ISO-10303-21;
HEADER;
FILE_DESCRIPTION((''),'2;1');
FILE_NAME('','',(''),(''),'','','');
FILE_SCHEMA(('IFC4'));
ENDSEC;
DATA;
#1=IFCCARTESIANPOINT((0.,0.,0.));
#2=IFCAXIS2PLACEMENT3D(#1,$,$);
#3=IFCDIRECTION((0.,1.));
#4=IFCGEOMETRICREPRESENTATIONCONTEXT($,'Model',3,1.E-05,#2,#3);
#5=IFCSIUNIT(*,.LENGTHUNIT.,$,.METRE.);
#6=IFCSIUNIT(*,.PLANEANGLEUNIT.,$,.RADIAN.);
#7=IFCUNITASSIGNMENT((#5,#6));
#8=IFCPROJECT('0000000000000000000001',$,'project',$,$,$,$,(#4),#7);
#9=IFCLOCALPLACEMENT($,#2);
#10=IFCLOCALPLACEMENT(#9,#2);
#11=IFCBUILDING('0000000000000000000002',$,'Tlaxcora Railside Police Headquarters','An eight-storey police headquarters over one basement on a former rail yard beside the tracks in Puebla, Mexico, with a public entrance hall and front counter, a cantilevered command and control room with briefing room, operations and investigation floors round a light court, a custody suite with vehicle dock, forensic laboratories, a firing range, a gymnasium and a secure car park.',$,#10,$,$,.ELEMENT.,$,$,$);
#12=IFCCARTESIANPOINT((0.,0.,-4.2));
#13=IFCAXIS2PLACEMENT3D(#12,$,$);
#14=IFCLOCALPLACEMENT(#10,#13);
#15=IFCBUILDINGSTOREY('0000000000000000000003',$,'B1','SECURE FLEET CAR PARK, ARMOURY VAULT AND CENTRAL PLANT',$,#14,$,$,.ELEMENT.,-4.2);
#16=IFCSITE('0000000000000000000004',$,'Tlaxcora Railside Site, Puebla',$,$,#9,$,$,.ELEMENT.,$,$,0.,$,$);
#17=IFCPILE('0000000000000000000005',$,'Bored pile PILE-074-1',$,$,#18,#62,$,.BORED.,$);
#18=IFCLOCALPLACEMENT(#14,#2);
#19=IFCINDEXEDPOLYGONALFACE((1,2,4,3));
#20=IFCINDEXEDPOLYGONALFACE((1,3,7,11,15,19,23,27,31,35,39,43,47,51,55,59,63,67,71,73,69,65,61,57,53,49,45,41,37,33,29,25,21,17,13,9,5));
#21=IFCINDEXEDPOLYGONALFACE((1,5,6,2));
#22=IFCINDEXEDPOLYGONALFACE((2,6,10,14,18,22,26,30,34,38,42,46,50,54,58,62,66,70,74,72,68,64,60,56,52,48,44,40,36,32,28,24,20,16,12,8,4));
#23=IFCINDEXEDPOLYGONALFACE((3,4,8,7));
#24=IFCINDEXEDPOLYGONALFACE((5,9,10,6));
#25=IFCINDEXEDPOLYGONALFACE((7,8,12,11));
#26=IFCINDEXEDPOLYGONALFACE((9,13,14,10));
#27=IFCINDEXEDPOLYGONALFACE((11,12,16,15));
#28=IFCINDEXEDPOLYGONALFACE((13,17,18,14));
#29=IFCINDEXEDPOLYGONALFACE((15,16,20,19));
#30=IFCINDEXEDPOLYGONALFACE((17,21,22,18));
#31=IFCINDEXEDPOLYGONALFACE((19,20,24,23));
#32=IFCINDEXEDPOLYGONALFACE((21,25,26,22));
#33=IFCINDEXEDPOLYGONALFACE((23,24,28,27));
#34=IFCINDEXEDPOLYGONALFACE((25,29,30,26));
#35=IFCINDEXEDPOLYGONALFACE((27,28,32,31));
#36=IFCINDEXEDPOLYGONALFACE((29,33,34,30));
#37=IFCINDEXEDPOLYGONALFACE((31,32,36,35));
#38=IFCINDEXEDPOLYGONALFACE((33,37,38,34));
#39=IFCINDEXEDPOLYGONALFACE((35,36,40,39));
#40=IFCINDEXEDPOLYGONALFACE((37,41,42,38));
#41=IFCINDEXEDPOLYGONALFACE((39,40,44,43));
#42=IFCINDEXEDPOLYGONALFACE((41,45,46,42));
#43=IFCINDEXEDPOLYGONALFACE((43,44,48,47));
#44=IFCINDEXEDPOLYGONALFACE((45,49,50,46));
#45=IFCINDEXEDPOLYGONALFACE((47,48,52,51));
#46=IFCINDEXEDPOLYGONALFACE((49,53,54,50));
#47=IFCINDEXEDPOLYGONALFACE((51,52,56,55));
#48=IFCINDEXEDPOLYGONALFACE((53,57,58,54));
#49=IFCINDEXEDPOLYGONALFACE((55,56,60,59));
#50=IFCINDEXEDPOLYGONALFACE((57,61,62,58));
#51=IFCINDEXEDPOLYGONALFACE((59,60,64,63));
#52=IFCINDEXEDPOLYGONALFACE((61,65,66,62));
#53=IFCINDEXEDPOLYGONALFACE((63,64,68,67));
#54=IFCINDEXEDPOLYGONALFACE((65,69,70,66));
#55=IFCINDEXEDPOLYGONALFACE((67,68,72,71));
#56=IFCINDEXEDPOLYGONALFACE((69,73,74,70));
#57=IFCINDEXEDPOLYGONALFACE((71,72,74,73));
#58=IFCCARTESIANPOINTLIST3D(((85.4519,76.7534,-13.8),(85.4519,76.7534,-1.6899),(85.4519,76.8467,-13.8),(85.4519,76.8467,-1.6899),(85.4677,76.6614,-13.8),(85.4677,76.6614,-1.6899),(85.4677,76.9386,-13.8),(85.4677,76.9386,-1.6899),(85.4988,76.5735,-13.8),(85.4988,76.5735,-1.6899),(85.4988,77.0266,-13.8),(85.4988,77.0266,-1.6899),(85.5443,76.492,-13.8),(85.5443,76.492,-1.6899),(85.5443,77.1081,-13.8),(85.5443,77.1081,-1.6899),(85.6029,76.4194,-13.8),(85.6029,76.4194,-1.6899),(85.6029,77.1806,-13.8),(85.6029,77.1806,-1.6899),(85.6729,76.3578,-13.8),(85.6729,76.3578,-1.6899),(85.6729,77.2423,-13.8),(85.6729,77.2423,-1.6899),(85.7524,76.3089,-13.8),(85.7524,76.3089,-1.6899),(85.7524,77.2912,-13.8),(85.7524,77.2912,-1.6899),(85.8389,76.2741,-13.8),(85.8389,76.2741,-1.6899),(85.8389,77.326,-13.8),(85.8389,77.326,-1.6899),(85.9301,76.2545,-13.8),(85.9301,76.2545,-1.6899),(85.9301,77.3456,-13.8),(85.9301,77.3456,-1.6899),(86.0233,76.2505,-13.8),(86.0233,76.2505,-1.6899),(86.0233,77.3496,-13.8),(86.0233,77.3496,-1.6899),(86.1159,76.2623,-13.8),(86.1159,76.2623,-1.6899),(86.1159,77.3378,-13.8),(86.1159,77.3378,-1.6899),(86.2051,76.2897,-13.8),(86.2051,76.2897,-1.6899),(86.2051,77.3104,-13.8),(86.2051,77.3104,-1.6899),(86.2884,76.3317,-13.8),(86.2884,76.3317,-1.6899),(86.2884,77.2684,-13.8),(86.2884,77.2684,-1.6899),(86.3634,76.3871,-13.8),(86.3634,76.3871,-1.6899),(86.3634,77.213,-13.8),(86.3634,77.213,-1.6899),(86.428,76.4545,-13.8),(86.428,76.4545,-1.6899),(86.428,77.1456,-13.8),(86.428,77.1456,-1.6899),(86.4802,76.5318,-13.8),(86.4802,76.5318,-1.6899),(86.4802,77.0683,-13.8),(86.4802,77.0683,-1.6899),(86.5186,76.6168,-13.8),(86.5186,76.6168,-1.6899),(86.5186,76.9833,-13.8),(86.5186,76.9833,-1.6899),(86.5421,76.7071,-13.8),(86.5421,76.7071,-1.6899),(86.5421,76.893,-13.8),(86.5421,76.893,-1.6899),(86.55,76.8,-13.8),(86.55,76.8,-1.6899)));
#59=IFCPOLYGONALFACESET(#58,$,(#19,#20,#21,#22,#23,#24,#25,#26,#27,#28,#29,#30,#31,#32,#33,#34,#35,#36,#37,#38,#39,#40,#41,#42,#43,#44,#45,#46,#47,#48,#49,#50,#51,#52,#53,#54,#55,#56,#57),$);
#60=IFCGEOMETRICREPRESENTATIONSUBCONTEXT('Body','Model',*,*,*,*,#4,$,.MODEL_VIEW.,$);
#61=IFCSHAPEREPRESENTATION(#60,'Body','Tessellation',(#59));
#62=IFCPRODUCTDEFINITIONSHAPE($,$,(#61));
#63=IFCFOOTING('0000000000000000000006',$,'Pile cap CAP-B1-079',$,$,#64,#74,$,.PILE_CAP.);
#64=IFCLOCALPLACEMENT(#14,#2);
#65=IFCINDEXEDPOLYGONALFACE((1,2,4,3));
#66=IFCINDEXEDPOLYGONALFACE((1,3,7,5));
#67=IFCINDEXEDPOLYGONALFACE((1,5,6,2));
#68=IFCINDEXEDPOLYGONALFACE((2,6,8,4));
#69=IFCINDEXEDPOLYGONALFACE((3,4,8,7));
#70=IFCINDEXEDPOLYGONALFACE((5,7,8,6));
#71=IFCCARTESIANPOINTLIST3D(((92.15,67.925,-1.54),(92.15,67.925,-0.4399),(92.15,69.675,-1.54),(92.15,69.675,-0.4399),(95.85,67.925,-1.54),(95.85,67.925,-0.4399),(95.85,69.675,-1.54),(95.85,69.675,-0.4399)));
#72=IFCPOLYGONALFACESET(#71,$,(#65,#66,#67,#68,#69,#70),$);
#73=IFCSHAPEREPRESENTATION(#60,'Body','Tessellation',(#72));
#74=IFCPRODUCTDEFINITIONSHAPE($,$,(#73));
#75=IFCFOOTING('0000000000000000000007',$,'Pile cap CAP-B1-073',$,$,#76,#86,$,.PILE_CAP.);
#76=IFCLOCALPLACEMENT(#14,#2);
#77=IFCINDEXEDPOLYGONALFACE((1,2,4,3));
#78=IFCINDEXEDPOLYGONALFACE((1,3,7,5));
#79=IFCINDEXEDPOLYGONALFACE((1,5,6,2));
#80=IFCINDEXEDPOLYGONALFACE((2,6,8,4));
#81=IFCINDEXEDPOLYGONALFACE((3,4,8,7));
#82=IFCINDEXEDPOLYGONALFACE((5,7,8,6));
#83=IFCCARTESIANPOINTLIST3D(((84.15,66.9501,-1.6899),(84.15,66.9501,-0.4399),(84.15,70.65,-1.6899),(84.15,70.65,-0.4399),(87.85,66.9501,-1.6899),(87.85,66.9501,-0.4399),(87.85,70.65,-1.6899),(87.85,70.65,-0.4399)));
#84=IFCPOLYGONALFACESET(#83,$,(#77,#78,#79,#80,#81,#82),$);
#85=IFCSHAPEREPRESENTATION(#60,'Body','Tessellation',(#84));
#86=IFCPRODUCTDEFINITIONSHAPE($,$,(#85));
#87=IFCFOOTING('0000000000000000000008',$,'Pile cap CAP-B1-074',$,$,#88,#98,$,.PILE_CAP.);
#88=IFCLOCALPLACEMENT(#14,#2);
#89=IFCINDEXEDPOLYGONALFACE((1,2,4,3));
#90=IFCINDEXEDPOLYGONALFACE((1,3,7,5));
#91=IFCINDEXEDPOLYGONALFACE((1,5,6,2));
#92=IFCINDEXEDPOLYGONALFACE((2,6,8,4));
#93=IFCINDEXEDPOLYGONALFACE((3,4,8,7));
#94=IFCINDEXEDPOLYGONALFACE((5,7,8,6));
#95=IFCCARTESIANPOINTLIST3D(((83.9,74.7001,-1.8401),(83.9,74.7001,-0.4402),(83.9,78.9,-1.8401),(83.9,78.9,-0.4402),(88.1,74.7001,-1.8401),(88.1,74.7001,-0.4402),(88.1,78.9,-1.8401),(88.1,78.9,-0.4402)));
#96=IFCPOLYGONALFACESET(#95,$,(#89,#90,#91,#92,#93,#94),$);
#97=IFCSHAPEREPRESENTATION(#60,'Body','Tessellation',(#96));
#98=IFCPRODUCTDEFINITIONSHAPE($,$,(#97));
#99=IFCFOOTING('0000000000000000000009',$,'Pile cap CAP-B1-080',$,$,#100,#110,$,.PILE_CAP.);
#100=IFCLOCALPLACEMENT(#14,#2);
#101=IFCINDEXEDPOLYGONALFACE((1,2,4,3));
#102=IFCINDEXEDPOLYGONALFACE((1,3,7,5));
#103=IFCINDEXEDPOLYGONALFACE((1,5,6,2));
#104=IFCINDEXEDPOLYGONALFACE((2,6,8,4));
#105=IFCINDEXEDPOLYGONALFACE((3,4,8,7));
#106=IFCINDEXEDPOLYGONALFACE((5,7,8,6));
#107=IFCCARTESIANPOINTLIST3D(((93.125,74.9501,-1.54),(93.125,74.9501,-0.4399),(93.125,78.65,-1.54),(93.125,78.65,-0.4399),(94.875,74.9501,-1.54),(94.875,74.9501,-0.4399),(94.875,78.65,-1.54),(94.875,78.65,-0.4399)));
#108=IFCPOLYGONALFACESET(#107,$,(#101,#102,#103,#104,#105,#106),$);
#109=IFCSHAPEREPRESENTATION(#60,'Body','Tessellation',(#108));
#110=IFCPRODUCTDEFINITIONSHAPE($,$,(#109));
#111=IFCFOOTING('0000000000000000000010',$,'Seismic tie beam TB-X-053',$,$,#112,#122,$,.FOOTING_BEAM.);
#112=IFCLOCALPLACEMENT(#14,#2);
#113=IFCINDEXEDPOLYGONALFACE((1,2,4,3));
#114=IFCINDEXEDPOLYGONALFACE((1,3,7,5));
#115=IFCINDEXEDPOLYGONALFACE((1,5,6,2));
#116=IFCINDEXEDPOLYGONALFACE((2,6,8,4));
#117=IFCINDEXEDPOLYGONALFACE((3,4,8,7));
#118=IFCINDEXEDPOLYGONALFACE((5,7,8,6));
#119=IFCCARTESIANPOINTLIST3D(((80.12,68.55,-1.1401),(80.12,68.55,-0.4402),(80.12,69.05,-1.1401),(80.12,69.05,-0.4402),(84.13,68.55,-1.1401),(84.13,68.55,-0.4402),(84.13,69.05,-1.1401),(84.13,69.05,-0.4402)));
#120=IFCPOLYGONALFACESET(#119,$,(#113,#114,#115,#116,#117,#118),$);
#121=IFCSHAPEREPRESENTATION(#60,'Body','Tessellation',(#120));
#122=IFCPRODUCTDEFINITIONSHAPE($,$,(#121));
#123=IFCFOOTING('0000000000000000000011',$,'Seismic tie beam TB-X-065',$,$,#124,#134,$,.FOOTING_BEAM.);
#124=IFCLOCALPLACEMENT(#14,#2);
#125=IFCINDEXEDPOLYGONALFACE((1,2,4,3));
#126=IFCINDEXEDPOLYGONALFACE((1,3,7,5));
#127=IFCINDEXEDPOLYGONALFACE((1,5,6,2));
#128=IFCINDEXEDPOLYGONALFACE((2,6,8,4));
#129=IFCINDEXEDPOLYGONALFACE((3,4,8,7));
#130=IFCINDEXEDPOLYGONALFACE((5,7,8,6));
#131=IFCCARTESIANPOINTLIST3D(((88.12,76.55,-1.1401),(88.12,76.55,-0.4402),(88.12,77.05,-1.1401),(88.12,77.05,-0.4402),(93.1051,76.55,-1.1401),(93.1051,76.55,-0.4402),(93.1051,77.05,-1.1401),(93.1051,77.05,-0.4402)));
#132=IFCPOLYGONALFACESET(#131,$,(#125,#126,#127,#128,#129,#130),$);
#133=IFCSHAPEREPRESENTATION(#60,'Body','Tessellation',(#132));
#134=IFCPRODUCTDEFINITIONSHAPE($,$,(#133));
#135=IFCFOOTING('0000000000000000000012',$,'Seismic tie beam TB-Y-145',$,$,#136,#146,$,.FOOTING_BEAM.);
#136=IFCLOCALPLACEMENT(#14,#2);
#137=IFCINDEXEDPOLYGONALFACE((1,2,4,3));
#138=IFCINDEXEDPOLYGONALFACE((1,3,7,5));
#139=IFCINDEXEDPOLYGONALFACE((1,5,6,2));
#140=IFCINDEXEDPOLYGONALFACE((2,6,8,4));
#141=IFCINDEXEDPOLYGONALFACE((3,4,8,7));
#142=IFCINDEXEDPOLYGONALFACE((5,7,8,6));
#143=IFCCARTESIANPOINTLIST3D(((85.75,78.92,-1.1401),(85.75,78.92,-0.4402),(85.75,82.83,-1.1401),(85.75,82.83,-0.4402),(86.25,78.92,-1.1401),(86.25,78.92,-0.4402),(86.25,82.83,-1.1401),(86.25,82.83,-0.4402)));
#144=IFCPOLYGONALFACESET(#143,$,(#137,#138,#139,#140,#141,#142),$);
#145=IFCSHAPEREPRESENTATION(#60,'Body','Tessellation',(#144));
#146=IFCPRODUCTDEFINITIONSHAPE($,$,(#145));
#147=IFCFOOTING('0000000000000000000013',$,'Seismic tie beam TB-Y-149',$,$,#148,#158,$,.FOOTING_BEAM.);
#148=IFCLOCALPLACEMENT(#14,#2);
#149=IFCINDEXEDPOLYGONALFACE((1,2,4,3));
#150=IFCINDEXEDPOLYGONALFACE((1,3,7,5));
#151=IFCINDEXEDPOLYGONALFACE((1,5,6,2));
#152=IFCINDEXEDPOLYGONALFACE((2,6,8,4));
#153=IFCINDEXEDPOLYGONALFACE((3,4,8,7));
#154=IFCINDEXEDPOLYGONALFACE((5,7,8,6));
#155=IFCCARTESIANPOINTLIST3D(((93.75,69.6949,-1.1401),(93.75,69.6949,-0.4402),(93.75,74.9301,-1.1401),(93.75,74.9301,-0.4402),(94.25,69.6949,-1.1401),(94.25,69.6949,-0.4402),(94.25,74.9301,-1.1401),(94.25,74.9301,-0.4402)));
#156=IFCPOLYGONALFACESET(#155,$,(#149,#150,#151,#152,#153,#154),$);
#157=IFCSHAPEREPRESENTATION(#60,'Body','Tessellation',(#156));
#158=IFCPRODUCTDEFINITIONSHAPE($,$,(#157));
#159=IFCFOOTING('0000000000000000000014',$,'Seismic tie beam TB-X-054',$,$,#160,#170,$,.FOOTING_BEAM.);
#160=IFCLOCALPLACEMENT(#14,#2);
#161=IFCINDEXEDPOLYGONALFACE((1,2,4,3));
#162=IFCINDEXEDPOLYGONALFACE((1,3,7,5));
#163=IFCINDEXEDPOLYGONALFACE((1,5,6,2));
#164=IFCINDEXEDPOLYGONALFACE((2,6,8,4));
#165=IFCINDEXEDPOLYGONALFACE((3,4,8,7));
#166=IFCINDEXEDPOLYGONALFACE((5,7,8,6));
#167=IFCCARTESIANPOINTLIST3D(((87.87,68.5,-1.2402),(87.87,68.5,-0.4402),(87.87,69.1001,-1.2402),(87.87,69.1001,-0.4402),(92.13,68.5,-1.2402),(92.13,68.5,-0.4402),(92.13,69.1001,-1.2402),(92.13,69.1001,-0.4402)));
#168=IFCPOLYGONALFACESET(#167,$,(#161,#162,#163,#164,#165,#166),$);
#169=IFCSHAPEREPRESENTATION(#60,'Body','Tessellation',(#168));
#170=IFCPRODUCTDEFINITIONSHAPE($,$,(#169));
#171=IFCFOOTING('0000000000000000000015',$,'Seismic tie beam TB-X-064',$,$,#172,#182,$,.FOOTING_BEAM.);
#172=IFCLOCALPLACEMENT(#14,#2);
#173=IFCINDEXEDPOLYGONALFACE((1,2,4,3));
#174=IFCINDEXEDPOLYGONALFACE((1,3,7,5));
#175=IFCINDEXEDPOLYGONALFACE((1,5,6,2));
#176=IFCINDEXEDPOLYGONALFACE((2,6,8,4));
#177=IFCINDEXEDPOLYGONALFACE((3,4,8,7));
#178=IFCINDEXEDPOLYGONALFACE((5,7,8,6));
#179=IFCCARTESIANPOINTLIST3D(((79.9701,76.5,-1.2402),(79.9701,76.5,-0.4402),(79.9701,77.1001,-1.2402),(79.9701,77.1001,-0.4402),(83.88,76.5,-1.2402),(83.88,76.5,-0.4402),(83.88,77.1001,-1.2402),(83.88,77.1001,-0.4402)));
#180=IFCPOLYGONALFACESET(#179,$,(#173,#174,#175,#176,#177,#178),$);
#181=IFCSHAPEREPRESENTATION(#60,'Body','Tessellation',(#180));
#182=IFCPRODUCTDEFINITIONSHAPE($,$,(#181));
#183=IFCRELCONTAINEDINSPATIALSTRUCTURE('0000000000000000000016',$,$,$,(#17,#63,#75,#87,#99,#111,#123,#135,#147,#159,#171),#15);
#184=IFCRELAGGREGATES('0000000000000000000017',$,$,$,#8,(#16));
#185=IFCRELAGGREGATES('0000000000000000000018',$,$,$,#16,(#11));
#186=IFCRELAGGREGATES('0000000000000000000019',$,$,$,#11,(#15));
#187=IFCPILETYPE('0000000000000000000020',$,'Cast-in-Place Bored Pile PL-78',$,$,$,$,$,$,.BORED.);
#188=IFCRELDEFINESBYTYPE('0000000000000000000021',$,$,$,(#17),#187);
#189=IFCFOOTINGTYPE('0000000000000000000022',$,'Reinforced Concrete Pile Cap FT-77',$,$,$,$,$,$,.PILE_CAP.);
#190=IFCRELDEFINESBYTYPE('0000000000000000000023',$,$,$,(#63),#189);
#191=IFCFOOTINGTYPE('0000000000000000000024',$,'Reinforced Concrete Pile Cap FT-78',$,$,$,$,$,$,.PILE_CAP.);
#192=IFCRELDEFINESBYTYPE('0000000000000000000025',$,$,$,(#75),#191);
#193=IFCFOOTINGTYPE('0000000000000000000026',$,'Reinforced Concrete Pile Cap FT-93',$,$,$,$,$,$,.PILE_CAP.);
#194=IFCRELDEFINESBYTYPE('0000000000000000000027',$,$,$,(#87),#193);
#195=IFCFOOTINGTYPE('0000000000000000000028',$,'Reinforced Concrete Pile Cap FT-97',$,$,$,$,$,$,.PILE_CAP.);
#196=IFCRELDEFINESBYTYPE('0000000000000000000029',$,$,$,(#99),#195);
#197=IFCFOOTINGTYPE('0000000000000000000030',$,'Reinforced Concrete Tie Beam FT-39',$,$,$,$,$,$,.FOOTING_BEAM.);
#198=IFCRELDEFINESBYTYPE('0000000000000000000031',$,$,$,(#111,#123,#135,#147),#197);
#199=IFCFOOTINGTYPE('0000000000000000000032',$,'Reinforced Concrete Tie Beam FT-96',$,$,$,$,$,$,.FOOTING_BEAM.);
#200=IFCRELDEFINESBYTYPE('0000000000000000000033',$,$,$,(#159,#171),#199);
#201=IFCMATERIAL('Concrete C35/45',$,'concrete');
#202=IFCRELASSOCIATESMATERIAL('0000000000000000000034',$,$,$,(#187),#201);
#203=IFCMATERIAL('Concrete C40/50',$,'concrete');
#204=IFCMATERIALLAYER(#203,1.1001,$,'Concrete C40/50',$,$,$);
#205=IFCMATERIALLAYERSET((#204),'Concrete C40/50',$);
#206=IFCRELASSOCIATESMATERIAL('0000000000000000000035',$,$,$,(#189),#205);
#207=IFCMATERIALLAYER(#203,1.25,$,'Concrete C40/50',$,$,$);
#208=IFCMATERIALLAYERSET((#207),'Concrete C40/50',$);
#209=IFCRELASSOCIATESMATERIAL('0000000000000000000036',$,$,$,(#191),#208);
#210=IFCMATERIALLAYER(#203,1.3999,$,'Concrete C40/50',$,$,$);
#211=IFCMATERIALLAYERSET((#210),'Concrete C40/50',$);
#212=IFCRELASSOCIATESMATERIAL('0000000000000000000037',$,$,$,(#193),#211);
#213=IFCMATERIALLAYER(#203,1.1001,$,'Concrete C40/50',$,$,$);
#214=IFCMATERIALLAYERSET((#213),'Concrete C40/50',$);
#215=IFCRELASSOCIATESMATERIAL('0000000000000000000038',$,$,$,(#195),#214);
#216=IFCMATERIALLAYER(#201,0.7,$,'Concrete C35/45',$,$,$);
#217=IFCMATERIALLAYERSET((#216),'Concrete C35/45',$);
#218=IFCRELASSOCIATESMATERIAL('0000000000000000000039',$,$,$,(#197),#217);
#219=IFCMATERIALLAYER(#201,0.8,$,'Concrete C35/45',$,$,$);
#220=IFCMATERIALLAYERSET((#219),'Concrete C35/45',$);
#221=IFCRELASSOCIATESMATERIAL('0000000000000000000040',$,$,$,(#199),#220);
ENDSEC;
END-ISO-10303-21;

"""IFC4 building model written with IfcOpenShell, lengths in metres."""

from ifc_helpers import new_model, si_unit, direction, frame, origin, origin_2d, place, context, subcontext, project, spatial, rectangle, circle, extrude, material, layer, layer_set, material_profile, profile_set, type_object, element, save


model = new_model("IFC4")

# Units and contexts
model_context = context("Model", 3, precision=1e-05, world=origin(), true_north=direction((0.0, 1.0)))
body_context = subcontext(model_context, "Body", "Model", "MODEL_VIEW")
ifc_project = project(units=[si_unit("LENGTHUNIT", "METRE"), si_unit("PLANEANGLEUNIT", "RADIAN")], contexts=[model_context])

# Site, building, storey
site_placement = place(None, origin())
site = spatial("IfcSite", under=ifc_project, at=site_placement, Name="Tlaxcora Railside Site, Puebla", CompositionType="ELEMENT", RefElevation=0.0)
building_placement = place(site_placement, origin())
building = spatial("IfcBuilding", under=site, at=building_placement, Name="Tlaxcora Railside Police Headquarters", Description="An eight-storey police headquarters over one basement on a former rail yard beside the tracks in Puebla, Mexico, with a public entrance hall and front counter, a cantilevered command and control room with briefing room, operations and investigation floors round a light court, a custody suite with vehicle dock, forensic laboratories, a firing range, a gymnasium and a secure car park.", CompositionType="ELEMENT")
storey_placement = place(building_placement, frame((0.0, 0.0, -4.2)))
storey = spatial("IfcBuildingStorey", under=building, at=storey_placement, Name="B1", Description="SECURE FLEET CAR PARK, ARMOURY VAULT AND CENTRAL PLANT", CompositionType="ELEMENT", Elevation=-4.2)

# Pile
ifc_material_1 = material(Name="Concrete C35/45", Category="concrete")
ifc_material_profile_1 = material_profile(ifc_material_1, circle(Radius=0.55, at=origin_2d()), Name="PILE1100")
ifc_profile_set_1 = profile_set([ifc_material_profile_1], Name="Concrete C35/45")
pile_type_1 = type_object("IfcPileType", Name="Cast-in-Place Bored Pile PL-78", PredefinedType="BORED", material=ifc_profile_set_1)
pile_placement = place(storey_placement, frame((86.0, 76.8, -1.6899), z_axis=(0.0, 0.0, -1.0), x_axis=(1.0, 0.0, 0.0)))
element("IfcPile", 1, at=pile_placement, inside=storey, type_object=pile_type_1, Name="Bored pile PILE-074-1", PredefinedType="BORED", context=body_context, shape_type="SweptSolid", body=[
    extrude(circle(Radius=0.55, at=origin_2d()), origin(), (0.0, 0.0, 1.0), 12.1101),
])

# Footings
ifc_material_2 = material(Name="Concrete C40/50", Category="concrete")
ifc_layer_1 = layer(ifc_material_2, 1.1001, Name="Concrete C40/50")
ifc_layer_set_1 = layer_set([ifc_layer_1], Name="Concrete C40/50")
footing_type_1 = type_object("IfcFootingType", Name="Reinforced Concrete Pile Cap FT-77", PredefinedType="PILE_CAP", material=ifc_layer_set_1)
footing_1_placement = place(storey_placement, frame((94.0, 68.8, -1.54), z_axis=(0.0, 0.0, 1.0), x_axis=(1.0, 0.0, 0.0)))
element("IfcFooting", 2, at=footing_1_placement, inside=storey, type_object=footing_type_1, Name="Pile cap CAP-B1-079", PredefinedType="PILE_CAP", context=body_context, shape_type="SweptSolid", body=[
    extrude(rectangle(XDim=3.7, YDim=1.75, at=origin_2d()), origin(), (0.0, 0.0, 1.0), 1.1001),
])
ifc_layer_2 = layer(ifc_material_2, 1.25, Name="Concrete C40/50")
ifc_layer_set_2 = layer_set([ifc_layer_2], Name="Concrete C40/50")
footing_type_2 = type_object("IfcFootingType", Name="Reinforced Concrete Pile Cap FT-78", PredefinedType="PILE_CAP", material=ifc_layer_set_2)
footing_2_placement = place(storey_placement, frame((86.0, 68.8, -1.6899), z_axis=(0.0, 0.0, 1.0), x_axis=(1.0, 0.0, 0.0)))
element("IfcFooting", 3, at=footing_2_placement, inside=storey, type_object=footing_type_2, Name="Pile cap CAP-B1-073", PredefinedType="PILE_CAP", context=body_context, shape_type="SweptSolid", body=[
    extrude(rectangle(XDim=3.7, YDim=3.7, at=origin_2d()), origin(), (0.0, 0.0, 1.0), 1.25),
])
ifc_layer_3 = layer(ifc_material_2, 1.3999, Name="Concrete C40/50")
ifc_layer_set_3 = layer_set([ifc_layer_3], Name="Concrete C40/50")
footing_type_3 = type_object("IfcFootingType", Name="Reinforced Concrete Pile Cap FT-93", PredefinedType="PILE_CAP", material=ifc_layer_set_3)
footing_3_placement = place(storey_placement, frame((86.0, 76.8, -1.8401), z_axis=(0.0, 0.0, 1.0), x_axis=(1.0, 0.0, 0.0)))
element("IfcFooting", 4, at=footing_3_placement, inside=storey, type_object=footing_type_3, Name="Pile cap CAP-B1-074", PredefinedType="PILE_CAP", context=body_context, shape_type="SweptSolid", body=[
    extrude(rectangle(XDim=4.2, YDim=4.2, at=origin_2d()), origin(), (0.0, 0.0, 1.0), 1.3999),
])
ifc_layer_4 = layer(ifc_material_2, 1.1001, Name="Concrete C40/50")
ifc_layer_set_4 = layer_set([ifc_layer_4], Name="Concrete C40/50")
footing_type_4 = type_object("IfcFootingType", Name="Reinforced Concrete Pile Cap FT-97", PredefinedType="PILE_CAP", material=ifc_layer_set_4)
footing_4_placement = place(storey_placement, frame((94.0, 76.8, -1.54), z_axis=(0.0, 0.0, 1.0), x_axis=(1.0, 0.0, 0.0)))
element("IfcFooting", 5, at=footing_4_placement, inside=storey, type_object=footing_type_4, Name="Pile cap CAP-B1-080", PredefinedType="PILE_CAP", context=body_context, shape_type="SweptSolid", body=[
    extrude(rectangle(XDim=1.75, YDim=3.7, at=origin_2d()), origin(), (0.0, 0.0, 1.0), 1.1001),
])
ifc_layer_5 = layer(ifc_material_1, 0.7, Name="Concrete C35/45")
ifc_layer_set_5 = layer_set([ifc_layer_5], Name="Concrete C35/45")
footing_type_5 = type_object("IfcFootingType", Name="Reinforced Concrete Tie Beam FT-39", PredefinedType="FOOTING_BEAM", material=ifc_layer_set_5)
footing_5_placement = place(storey_placement, frame((82.125, 68.8, -1.1401), z_axis=(0.0, 0.0, 1.0), x_axis=(1.0, 0.0, 0.0)))
element("IfcFooting", 6, at=footing_5_placement, inside=storey, type_object=footing_type_5, Name="Seismic tie beam TB-X-053", PredefinedType="FOOTING_BEAM", context=body_context, shape_type="SweptSolid", body=[
    extrude(rectangle(XDim=4.01, YDim=0.5, at=origin_2d()), origin(), (0.0, 0.0, 1.0), 0.7),
])
footing_6_placement = place(storey_placement, frame((90.6125, 76.8, -1.1401), z_axis=(0.0, 0.0, 1.0), x_axis=(1.0, 0.0, 0.0)))
element("IfcFooting", 7, at=footing_6_placement, inside=storey, type_object=footing_type_5, Name="Seismic tie beam TB-X-065", PredefinedType="FOOTING_BEAM", context=body_context, shape_type="SweptSolid", body=[
    extrude(rectangle(XDim=4.9851, YDim=0.5, at=origin_2d()), origin(), (0.0, 0.0, 1.0), 0.7),
])
footing_7_placement = place(storey_placement, frame((86.0, 80.875, -1.1401), z_axis=(0.0, 0.0, 1.0), x_axis=(0.0, 1.0, 0.0)))
element("IfcFooting", 8, at=footing_7_placement, inside=storey, type_object=footing_type_5, Name="Seismic tie beam TB-Y-145", PredefinedType="FOOTING_BEAM", context=body_context, shape_type="SweptSolid", body=[
    extrude(rectangle(XDim=3.9099, YDim=0.5, at=origin_2d()), origin(), (0.0, 0.0, 1.0), 0.7),
])
footing_8_placement = place(storey_placement, frame((94.0, 72.3125, -1.1401), z_axis=(0.0, 0.0, 1.0), x_axis=(0.0, 1.0, 0.0)))
element("IfcFooting", 9, at=footing_8_placement, inside=storey, type_object=footing_type_5, Name="Seismic tie beam TB-Y-149", PredefinedType="FOOTING_BEAM", context=body_context, shape_type="SweptSolid", body=[
    extrude(rectangle(XDim=5.2351, YDim=0.5, at=origin_2d()), origin(), (0.0, 0.0, 1.0), 0.7),
])
ifc_layer_6 = layer(ifc_material_1, 0.8, Name="Concrete C35/45")
ifc_layer_set_6 = layer_set([ifc_layer_6], Name="Concrete C35/45")
footing_type_6 = type_object("IfcFootingType", Name="Reinforced Concrete Tie Beam FT-96", PredefinedType="FOOTING_BEAM", material=ifc_layer_set_6)
footing_9_placement = place(storey_placement, frame((90.0, 68.8, -1.2402), z_axis=(0.0, 0.0, 1.0), x_axis=(1.0, 0.0, 0.0)))
element("IfcFooting", 10, at=footing_9_placement, inside=storey, type_object=footing_type_6, Name="Seismic tie beam TB-X-054", PredefinedType="FOOTING_BEAM", context=body_context, shape_type="SweptSolid", body=[
    extrude(rectangle(XDim=4.26, YDim=0.6001, at=origin_2d()), origin(), (0.0, 0.0, 1.0), 0.8),
])
footing_10_placement = place(storey_placement, frame((81.925, 76.8, -1.2402), z_axis=(0.0, 0.0, 1.0), x_axis=(1.0, 0.0, 0.0)))
element("IfcFooting", 11, at=footing_10_placement, inside=storey, type_object=footing_type_6, Name="Seismic tie beam TB-X-064", PredefinedType="FOOTING_BEAM", context=body_context, shape_type="SweptSolid", body=[
    extrude(rectangle(XDim=3.9099, YDim=0.6001, at=origin_2d()), origin(), (0.0, 0.0, 1.0), 0.8),
])

save(model, "model.ifc")
